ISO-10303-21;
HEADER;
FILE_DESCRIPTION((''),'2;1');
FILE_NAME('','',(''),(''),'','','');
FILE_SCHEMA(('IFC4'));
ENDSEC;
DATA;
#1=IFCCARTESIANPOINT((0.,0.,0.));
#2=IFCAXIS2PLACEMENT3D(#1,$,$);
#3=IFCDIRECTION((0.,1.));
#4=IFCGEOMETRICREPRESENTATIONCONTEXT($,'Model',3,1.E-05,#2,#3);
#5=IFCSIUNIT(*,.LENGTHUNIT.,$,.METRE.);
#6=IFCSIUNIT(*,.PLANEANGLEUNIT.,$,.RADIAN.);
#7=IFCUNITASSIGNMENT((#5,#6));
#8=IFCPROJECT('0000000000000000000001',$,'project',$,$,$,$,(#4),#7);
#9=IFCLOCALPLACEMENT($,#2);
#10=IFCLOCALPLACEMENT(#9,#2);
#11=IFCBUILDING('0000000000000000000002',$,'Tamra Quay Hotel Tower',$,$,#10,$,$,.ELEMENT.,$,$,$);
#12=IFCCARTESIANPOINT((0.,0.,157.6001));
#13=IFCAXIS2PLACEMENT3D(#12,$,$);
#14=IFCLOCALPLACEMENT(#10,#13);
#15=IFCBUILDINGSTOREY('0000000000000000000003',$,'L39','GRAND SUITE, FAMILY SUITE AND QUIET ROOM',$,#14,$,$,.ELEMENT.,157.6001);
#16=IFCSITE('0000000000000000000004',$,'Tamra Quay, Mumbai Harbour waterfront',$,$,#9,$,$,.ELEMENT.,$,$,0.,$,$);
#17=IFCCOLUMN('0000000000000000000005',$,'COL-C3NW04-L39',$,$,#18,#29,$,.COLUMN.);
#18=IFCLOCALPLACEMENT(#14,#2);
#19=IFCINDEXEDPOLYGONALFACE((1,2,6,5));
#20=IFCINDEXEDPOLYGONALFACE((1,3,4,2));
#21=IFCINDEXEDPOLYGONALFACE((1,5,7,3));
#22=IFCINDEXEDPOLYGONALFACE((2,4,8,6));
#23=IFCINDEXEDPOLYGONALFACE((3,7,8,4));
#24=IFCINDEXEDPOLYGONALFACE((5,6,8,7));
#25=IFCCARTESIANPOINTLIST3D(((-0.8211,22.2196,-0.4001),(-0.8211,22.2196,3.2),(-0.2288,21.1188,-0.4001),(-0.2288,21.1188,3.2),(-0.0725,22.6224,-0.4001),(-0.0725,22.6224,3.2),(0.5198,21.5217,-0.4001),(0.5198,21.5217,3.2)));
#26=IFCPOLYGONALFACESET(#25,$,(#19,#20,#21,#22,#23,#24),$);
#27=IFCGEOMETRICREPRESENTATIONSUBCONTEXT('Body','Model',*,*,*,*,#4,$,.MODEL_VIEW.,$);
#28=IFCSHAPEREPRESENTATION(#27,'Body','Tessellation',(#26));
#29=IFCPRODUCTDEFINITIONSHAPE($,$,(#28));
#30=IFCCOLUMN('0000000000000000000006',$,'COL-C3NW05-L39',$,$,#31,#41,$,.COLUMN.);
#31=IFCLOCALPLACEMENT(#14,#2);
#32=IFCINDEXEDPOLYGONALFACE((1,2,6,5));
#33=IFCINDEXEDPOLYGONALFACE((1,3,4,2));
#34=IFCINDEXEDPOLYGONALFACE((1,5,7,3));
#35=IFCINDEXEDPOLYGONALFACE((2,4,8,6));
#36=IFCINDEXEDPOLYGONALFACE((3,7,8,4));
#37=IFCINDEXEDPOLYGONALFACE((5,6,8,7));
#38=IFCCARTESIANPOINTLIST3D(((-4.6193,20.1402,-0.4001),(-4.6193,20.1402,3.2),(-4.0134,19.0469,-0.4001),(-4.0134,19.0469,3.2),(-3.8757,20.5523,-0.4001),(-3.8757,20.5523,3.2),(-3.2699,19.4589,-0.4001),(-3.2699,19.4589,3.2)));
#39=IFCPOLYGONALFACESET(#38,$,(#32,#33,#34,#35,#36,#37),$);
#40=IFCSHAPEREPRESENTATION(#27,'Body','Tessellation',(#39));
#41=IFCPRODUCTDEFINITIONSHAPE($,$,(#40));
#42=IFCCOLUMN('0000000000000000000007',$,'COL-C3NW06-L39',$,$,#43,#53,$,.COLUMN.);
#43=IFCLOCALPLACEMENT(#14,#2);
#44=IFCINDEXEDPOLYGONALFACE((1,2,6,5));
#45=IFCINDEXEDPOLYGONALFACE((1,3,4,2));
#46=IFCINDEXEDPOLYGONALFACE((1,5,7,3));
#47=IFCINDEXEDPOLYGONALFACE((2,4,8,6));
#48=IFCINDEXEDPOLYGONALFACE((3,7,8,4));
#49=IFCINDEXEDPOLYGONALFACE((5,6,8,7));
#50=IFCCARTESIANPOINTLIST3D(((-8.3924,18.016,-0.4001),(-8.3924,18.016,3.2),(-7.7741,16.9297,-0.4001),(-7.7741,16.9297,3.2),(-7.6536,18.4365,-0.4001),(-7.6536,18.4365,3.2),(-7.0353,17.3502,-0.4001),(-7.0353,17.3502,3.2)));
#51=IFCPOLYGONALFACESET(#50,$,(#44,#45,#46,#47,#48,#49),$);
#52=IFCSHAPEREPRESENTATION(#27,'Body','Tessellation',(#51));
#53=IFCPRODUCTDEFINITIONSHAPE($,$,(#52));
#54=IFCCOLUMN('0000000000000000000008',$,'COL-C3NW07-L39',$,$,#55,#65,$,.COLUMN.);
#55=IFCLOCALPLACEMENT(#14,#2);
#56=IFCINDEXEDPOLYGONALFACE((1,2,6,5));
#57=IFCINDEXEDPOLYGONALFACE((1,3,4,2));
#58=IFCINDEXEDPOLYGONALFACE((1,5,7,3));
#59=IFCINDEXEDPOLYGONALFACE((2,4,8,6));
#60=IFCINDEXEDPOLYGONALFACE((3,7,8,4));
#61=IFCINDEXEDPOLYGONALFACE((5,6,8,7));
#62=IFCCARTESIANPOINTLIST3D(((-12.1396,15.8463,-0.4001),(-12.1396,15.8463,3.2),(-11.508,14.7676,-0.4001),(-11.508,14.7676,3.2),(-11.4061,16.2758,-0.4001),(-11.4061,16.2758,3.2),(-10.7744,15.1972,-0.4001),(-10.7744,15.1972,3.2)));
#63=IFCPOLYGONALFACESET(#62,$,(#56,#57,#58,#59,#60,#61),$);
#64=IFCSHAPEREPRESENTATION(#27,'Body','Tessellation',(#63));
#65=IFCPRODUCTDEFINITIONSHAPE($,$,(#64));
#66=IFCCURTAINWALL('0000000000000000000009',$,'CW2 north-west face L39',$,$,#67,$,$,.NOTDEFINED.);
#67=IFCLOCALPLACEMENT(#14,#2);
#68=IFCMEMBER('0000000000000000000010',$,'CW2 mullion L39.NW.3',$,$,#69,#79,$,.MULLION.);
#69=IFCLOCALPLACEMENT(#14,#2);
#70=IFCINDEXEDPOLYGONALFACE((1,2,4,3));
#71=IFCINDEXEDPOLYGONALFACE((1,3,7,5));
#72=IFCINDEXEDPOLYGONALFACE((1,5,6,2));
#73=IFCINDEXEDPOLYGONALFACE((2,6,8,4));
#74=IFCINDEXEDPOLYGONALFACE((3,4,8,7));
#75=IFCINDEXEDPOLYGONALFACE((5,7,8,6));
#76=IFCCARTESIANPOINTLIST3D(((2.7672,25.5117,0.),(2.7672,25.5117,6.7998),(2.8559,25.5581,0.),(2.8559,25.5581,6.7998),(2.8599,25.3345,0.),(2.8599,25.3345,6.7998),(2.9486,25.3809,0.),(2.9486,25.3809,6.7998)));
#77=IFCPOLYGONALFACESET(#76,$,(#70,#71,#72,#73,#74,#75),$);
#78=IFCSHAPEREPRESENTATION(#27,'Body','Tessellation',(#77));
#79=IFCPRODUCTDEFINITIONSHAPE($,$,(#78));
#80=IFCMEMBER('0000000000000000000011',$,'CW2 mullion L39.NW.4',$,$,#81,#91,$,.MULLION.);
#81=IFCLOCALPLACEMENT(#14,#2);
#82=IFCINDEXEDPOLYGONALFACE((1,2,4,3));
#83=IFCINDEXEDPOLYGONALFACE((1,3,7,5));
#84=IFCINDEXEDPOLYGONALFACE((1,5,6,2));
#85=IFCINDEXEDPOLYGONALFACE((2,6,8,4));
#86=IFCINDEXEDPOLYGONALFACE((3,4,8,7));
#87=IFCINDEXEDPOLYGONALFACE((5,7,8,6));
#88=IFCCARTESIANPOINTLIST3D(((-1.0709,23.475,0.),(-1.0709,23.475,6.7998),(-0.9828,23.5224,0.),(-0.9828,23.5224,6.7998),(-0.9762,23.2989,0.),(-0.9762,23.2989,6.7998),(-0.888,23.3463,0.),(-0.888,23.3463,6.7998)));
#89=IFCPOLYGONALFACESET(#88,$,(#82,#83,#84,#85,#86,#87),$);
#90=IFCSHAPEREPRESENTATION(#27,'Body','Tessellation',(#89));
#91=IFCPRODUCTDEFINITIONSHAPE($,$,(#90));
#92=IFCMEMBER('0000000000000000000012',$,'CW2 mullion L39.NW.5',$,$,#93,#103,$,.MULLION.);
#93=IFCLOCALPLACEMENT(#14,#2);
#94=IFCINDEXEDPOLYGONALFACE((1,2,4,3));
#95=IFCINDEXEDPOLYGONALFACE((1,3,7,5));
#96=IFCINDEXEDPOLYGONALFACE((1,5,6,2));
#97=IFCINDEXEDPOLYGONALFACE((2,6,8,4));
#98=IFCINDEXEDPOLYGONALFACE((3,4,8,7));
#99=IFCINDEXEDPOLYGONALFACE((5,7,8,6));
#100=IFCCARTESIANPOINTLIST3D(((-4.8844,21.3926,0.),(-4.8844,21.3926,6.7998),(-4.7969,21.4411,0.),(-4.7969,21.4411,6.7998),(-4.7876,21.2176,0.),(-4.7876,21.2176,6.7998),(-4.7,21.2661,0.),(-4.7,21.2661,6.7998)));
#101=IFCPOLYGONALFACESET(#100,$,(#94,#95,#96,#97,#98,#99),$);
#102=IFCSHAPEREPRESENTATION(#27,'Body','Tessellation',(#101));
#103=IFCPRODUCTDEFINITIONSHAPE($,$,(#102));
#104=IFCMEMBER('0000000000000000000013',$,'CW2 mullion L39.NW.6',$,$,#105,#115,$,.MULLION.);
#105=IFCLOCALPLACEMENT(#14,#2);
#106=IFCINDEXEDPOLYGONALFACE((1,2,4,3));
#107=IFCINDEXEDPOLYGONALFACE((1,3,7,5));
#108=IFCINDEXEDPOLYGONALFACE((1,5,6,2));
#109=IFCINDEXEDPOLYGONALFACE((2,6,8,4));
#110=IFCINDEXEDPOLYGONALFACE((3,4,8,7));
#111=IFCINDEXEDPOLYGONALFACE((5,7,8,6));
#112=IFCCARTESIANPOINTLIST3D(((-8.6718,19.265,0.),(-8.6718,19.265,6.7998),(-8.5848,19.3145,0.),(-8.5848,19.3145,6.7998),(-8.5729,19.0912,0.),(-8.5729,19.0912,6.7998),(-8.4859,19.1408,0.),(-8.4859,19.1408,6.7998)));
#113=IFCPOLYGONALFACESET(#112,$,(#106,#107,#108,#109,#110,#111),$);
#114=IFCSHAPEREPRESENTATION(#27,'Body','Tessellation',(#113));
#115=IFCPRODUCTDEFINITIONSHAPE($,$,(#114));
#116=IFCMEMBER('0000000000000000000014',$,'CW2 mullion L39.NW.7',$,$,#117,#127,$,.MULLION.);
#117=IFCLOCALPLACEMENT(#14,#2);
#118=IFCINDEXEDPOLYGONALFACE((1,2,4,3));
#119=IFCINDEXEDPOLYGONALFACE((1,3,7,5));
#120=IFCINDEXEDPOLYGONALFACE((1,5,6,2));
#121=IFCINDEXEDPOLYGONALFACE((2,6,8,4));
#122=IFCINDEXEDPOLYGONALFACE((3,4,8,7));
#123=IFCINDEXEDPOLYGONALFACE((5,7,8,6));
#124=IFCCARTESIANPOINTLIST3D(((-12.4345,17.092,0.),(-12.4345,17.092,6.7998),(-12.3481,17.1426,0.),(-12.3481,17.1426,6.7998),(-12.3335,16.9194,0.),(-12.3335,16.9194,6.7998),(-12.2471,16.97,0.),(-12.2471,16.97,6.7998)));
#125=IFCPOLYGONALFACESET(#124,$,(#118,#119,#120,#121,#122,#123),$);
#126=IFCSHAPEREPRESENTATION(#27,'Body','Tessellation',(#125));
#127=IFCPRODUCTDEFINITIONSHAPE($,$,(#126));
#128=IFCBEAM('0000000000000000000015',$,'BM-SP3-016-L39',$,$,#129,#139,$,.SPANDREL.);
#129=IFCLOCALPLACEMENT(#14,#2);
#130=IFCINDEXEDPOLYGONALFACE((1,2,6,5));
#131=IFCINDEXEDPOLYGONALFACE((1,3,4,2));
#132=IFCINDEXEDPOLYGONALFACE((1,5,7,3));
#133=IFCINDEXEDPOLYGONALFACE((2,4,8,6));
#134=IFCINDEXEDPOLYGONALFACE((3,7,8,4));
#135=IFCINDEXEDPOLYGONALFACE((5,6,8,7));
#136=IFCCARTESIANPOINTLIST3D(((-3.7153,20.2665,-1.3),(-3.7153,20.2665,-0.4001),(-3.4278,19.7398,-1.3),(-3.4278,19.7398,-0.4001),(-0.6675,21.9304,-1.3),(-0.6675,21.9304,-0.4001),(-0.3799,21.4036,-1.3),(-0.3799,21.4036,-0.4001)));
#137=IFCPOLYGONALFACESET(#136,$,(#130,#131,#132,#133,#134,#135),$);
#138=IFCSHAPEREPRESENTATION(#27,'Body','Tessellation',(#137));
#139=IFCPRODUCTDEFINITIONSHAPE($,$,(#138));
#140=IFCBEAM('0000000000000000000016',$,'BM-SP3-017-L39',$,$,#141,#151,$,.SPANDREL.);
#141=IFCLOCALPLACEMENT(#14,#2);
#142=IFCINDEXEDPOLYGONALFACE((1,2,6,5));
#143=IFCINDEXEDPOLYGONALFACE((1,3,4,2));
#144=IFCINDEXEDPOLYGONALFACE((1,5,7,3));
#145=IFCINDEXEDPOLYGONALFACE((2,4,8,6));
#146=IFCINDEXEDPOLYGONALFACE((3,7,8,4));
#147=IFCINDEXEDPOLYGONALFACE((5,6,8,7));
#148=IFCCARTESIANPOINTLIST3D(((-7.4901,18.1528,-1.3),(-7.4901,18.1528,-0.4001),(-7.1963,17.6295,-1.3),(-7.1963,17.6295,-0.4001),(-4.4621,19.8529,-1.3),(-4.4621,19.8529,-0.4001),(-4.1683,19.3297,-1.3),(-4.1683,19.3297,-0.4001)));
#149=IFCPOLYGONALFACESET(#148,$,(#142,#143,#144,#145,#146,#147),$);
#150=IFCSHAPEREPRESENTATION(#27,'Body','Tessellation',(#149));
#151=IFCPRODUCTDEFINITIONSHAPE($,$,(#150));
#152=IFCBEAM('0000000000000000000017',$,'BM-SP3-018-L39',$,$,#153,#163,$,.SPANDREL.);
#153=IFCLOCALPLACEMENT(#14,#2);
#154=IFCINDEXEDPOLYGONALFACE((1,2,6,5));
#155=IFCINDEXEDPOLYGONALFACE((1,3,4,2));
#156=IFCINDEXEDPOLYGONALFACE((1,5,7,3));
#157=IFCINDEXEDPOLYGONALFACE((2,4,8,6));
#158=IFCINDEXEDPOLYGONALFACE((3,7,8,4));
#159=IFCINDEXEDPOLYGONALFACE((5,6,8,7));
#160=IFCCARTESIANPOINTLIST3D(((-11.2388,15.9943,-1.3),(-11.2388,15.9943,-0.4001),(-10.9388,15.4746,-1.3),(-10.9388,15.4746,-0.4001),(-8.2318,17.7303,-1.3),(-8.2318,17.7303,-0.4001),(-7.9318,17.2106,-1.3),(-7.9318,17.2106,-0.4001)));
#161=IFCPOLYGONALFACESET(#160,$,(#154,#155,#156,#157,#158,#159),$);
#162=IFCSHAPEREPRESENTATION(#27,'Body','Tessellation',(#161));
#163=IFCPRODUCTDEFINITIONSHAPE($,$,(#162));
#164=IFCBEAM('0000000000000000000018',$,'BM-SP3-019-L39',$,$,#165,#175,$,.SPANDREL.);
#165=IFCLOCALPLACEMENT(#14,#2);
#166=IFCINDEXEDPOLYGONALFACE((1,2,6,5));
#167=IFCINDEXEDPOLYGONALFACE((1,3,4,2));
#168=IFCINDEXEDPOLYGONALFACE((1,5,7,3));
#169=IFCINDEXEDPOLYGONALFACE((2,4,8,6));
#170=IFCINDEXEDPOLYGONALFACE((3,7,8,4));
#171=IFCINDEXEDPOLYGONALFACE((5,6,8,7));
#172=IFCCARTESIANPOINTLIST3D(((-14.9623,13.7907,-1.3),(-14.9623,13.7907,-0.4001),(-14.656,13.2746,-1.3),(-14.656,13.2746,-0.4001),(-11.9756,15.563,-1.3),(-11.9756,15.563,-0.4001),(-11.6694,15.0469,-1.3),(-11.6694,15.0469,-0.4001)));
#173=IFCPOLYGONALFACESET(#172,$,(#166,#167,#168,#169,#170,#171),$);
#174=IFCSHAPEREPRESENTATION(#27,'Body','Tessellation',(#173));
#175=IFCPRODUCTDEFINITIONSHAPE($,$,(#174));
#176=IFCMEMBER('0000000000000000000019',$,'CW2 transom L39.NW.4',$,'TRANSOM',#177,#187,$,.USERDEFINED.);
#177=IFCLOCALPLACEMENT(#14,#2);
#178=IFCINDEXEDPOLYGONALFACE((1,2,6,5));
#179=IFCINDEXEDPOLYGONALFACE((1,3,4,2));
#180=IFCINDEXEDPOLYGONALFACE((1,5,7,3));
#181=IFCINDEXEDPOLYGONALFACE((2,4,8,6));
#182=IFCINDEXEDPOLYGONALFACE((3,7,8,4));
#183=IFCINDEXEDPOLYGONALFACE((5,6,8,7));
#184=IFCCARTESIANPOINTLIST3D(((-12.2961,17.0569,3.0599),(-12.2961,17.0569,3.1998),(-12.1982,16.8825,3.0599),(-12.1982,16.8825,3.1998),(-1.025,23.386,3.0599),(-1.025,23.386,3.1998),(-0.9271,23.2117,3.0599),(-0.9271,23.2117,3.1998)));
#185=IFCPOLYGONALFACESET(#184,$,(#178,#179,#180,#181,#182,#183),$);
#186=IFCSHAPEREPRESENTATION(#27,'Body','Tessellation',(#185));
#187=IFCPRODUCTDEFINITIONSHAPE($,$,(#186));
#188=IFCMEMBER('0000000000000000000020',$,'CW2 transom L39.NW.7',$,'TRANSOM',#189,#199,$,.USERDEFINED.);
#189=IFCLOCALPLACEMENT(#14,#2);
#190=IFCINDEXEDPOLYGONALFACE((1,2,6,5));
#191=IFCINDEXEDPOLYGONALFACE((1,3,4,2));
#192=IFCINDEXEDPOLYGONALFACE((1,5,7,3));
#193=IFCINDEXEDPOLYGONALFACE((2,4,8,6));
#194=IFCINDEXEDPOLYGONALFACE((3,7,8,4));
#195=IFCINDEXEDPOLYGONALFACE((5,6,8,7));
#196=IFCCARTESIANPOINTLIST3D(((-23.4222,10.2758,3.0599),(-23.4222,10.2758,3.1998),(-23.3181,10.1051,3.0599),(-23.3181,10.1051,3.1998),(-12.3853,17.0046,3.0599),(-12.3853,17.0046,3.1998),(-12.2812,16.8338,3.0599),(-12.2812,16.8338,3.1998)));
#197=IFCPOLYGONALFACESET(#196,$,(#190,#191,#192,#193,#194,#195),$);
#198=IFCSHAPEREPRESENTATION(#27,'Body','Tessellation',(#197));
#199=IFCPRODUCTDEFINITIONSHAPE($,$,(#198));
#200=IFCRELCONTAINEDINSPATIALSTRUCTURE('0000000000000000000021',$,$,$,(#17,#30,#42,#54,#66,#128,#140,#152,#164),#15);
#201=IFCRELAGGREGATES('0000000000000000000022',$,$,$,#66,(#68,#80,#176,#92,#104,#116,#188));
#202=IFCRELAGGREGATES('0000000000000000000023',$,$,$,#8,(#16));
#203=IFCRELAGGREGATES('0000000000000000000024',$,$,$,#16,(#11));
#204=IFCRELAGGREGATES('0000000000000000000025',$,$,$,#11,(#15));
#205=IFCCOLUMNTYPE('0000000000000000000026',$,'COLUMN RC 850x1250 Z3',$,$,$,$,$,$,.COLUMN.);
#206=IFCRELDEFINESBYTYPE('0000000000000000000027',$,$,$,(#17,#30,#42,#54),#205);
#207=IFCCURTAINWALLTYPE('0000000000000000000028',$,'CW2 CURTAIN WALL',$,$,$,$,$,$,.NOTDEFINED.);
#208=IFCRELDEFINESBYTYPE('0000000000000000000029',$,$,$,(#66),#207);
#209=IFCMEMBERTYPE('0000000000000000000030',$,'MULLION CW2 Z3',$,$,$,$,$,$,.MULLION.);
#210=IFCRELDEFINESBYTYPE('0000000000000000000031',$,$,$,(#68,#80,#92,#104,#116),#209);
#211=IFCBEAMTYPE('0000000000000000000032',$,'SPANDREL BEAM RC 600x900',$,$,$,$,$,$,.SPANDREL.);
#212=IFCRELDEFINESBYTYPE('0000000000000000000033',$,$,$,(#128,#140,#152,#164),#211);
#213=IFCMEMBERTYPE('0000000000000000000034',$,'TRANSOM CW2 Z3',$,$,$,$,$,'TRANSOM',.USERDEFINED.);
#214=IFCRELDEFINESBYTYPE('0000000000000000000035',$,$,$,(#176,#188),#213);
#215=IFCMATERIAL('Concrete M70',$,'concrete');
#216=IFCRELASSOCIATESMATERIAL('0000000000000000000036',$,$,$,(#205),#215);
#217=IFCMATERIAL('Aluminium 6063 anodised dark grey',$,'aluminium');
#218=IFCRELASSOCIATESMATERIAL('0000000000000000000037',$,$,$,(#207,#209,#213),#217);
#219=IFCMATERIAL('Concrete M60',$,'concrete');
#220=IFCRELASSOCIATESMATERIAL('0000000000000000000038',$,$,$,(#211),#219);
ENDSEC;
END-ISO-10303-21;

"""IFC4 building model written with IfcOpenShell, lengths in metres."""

from ifc_helpers import new_model, si_unit, direction, frame, origin, origin_2d, place, context, subcontext, project, spatial, rectangle, extrude, material, material_profile, profile_set, type_object, element, aggregate, save


model = new_model("IFC4")

# Units and contexts
model_context = context("Model", 3, precision=1e-05, world=origin(), true_north=direction((0.0, 1.0)))
body_context = subcontext(model_context, "Body", "Model", "MODEL_VIEW")
ifc_project = project(units=[si_unit("LENGTHUNIT", "METRE"), si_unit("PLANEANGLEUNIT", "RADIAN")], contexts=[model_context])

# Site, building, storey
site_placement = place(None, origin())
site = spatial("IfcSite", under=ifc_project, at=site_placement, Name="Tamra Quay, Mumbai Harbour waterfront", CompositionType="ELEMENT", RefElevation=0.0)
building_placement = place(site_placement, origin())
building = spatial("IfcBuilding", under=site, at=building_placement, Name="Tamra Quay Hotel Tower", CompositionType="ELEMENT")
storey_placement = place(building_placement, frame((0.0, 0.0, 157.6001)))
storey = spatial("IfcBuildingStorey", under=building, at=storey_placement, Name="L39", Description="GRAND SUITE, FAMILY SUITE AND QUIET ROOM", CompositionType="ELEMENT", Elevation=157.6001)

# Columns
ifc_material_1 = material(Name="Concrete M70", Category="concrete")
ifc_material_profile_1 = material_profile(ifc_material_1, rectangle(XDim=1.25, YDim=0.8501, at=origin_2d()), Name="COLUMN RC 850x1250 Z3")
ifc_profile_set_1 = profile_set([ifc_material_profile_1], Name="Concrete M70")
column_type = type_object("IfcColumnType", Name="COLUMN RC 850x1250 Z3", PredefinedType="COLUMN", material=ifc_profile_set_1)
for number, where, z_axis, x_axis, name in (
    (1, (-0.1506, 21.8706, -0.4001), (0.0, 0.0, 1.0), (-0.473876, 0.880592, 0.0), "COL-C3NW04-L39"),
    (2, (-3.9446, 19.7996, -0.4001), (0.0, 0.0, 1.0), (-0.484683, 0.87469, 0.0), "COL-C3NW05-L39"),
    (3, (-7.7139, 17.6831, -0.4001), (0.0, 0.0, 1.0), (-0.494656, 0.869089, 0.0), "COL-C3NW06-L39"),
    (4, (-11.457, 15.5217, -0.4001), (0.0, 0.0, 1.0), (-0.505325, 0.862929, 0.0), "COL-C3NW07-L39"),
):
    element("IfcColumn", number, at=place(storey_placement, frame(where, z_axis=z_axis, x_axis=x_axis)), inside=storey, type_object=column_type, Name=name, PredefinedType="COLUMN", context=body_context, shape_type="SweptSolid", body=[
        extrude(rectangle(XDim=1.25, YDim=0.8501, at=origin_2d()), origin(), (0.0, 0.0, 1.0), 3.6001),
    ])

# Curtain wall, members
ifc_material_2 = material(Name="Aluminium 6063 anodised dark grey", Category="aluminium")
curtain_wall_type = type_object("IfcCurtainWallType", Name="CW2 CURTAIN WALL", PredefinedType="NOTDEFINED", material=ifc_material_2)
curtain_wall_placement = place(storey_placement, origin())
curtain_wall = element("IfcCurtainWall", 5, at=curtain_wall_placement, inside=storey, type_object=curtain_wall_type, Name="CW2 north-west face L39", PredefinedType="NOTDEFINED")
ifc_material_profile_2 = material_profile(ifc_material_2, rectangle(XDim=0.2, YDim=0.1001, at=origin_2d()), Name="MULLION 100X200")
ifc_profile_set_2 = profile_set([ifc_material_profile_2], Name="Aluminium 6063 anodised dark grey")
member_type_1 = type_object("IfcMemberType", Name="MULLION CW2 Z3", PredefinedType="MULLION", material=ifc_profile_set_2)
member_1_placement = place(storey_placement, frame((2.8579, 25.4463, 0.0), z_axis=(0.0, 0.0, 1.0), x_axis=(-0.463366, 0.886167, 0.0)))
member_1 = element("IfcMember", 6, at=member_1_placement, type_object=member_type_1, Name="CW2 mullion L39.NW.3", PredefinedType="MULLION", context=body_context, shape_type="SweptSolid", body=[
    extrude(rectangle(XDim=0.2, YDim=0.1001, at=origin_2d()), origin(), (0.0, 0.0, 1.0), 6.7998),
])
member_2_placement = place(storey_placement, frame((-0.9795, 23.4106, 0.0), z_axis=(0.0, 0.0, 1.0), x_axis=(-0.473908, 0.880574, 0.0)))
member_2 = element("IfcMember", 7, at=member_2_placement, type_object=member_type_1, Name="CW2 mullion L39.NW.4", PredefinedType="MULLION", context=body_context, shape_type="SweptSolid", body=[
    extrude(rectangle(XDim=0.2, YDim=0.1001, at=origin_2d()), origin(), (0.0, 0.0, 1.0), 6.7998),
])
member_3_placement = place(storey_placement, frame((-4.7922, 21.3293, 0.0), z_axis=(0.0, 0.0, 1.0), x_axis=(-0.484394, 0.87485, 0.0)))
member_3 = element("IfcMember", 8, at=member_3_placement, type_object=member_type_1, Name="CW2 mullion L39.NW.5", PredefinedType="MULLION", context=body_context, shape_type="SweptSolid", body=[
    extrude(rectangle(XDim=0.2, YDim=0.1001, at=origin_2d()), origin(), (0.0, 0.0, 1.0), 6.7998),
])
member_4_placement = place(storey_placement, frame((-8.5789, 19.2029, 0.0), z_axis=(0.0, 0.0, 1.0), x_axis=(-0.494813, 0.868999, 0.0)))
member_4 = element("IfcMember", 9, at=member_4_placement, type_object=member_type_1, Name="CW2 mullion L39.NW.6", PredefinedType="MULLION", context=body_context, shape_type="SweptSolid", body=[
    extrude(rectangle(XDim=0.2, YDim=0.1001, at=origin_2d()), origin(), (0.0, 0.0, 1.0), 6.7998),
])
member_5_placement = place(storey_placement, frame((-12.3408, 17.031, 0.0), z_axis=(0.0, 0.0, 1.0), x_axis=(-0.505169, 0.863021, 0.0)))
member_5 = element("IfcMember", 10, at=member_5_placement, type_object=member_type_1, Name="CW2 mullion L39.NW.7", PredefinedType="MULLION", context=body_context, shape_type="SweptSolid", body=[
    extrude(rectangle(XDim=0.2, YDim=0.1001, at=origin_2d()), origin(), (0.0, 0.0, 1.0), 6.7998),
])

# Beams
ifc_material_3 = material(Name="Concrete M60", Category="concrete")
ifc_material_profile_3 = material_profile(ifc_material_3, rectangle(XDim=0.6001, YDim=0.8999, at=origin_2d()), Name="SPANDREL BEAM RC 600x900")
ifc_profile_set_3 = profile_set([ifc_material_profile_3], Name="Concrete M60")
beam_type = type_object("IfcBeamType", Name="SPANDREL BEAM RC 600x900", PredefinedType="SPANDREL", material=ifc_profile_set_3)
beam_1_placement = place(storey_placement, frame((-0.5237, 21.667, -0.8501), z_axis=(-0.877732, -0.479153, 0.0), x_axis=(0.479153, -0.877732, 0.0)))
element("IfcBeam", 11, at=beam_1_placement, inside=storey, type_object=beam_type, Name="BM-SP3-016-L39", PredefinedType="SPANDREL", context=body_context, shape_type="SweptSolid", body=[
    extrude(rectangle(XDim=0.6001, YDim=0.8999, at=origin_2d()), origin(), (0.0, 0.0, 1.0), 3.4724),
])
beam_2_placement = place(storey_placement, frame((-4.3152, 19.5913, -0.8501), z_axis=(-0.871956, -0.489584, 0.0), x_axis=(0.489584, -0.871956, 0.0)))
element("IfcBeam", 12, at=beam_2_placement, inside=storey, type_object=beam_type, Name="BM-SP3-017-L39", PredefinedType="SPANDREL", context=body_context, shape_type="SweptSolid", body=[
    extrude(rectangle(XDim=0.6001, YDim=0.8999, at=origin_2d()), origin(), (0.0, 0.0, 1.0), 3.4727),
])
beam_3_placement = place(storey_placement, frame((-8.0818, 17.4705, -0.8501), z_axis=(-0.866032, -0.499988, 0.0), x_axis=(0.499988, -0.866032, 0.0)))
element("IfcBeam", 13, at=beam_3_placement, inside=storey, type_object=beam_type, Name="BM-SP3-018-L39", PredefinedType="SPANDREL", context=body_context, shape_type="SweptSolid", body=[
    extrude(rectangle(XDim=0.6001, YDim=0.8999, at=origin_2d()), origin(), (0.0, 0.0, 1.0), 3.4722),
])
beam_4_placement = place(storey_placement, frame((-11.8225, 15.3049, -0.8501), z_axis=(-0.859989, -0.510313, 0.0), x_axis=(0.510313, -0.859989, 0.0)))
element("IfcBeam", 14, at=beam_4_placement, inside=storey, type_object=beam_type, Name="BM-SP3-019-L39", PredefinedType="SPANDREL", context=body_context, shape_type="SweptSolid", body=[
    extrude(rectangle(XDim=0.6001, YDim=0.8999, at=origin_2d()), origin(), (0.0, 0.0, 1.0), 3.4729),
])

# Members
ifc_material_profile_4 = material_profile(ifc_material_2, rectangle(XDim=0.2, YDim=0.1399, at=origin_2d()), Name="TRANSOM 200X140")
ifc_profile_set_4 = profile_set([ifc_material_profile_4], Name="Aluminium 6063 anodised dark grey")
member_type_2 = type_object("IfcMemberType", Name="TRANSOM CW2 Z3", ElementType="TRANSOM", PredefinedType="USERDEFINED", material=ifc_profile_set_4)
member_6_placement = place(storey_placement, frame((-0.9761, 23.2988, 3.1299), z_axis=(-0.871933, -0.489624, 0.0), x_axis=(0.489624, -0.871933, 0.0)))
member_6 = element("IfcMember", 15, at=member_6_placement, type_object=member_type_2, Name="CW2 transom L39.NW.4", ObjectType="TRANSOM", PredefinedType="USERDEFINED", context=body_context, shape_type="SweptSolid", body=[
    extrude(rectangle(XDim=0.2, YDim=0.1399, at=origin_2d()), origin(), (0.0, 0.0, 1.0), 12.9265),
])
member_7_placement = place(storey_placement, frame((-12.3333, 16.9192, 3.1299), z_axis=(-0.853832, -0.520549, 0.0), x_axis=(0.520549, -0.853832, 0.0)))
member_7 = element("IfcMember", 16, at=member_7_placement, type_object=member_type_2, Name="CW2 transom L39.NW.7", ObjectType="TRANSOM", PredefinedType="USERDEFINED", context=body_context, shape_type="SweptSolid", body=[
    extrude(rectangle(XDim=0.2, YDim=0.1399, at=origin_2d()), origin(), (0.0, 0.0, 1.0), 12.9263),
])

aggregate(curtain_wall, [member_1, member_2, member_6, member_3, member_4, member_5, member_7])

save(model, "model.ifc")
